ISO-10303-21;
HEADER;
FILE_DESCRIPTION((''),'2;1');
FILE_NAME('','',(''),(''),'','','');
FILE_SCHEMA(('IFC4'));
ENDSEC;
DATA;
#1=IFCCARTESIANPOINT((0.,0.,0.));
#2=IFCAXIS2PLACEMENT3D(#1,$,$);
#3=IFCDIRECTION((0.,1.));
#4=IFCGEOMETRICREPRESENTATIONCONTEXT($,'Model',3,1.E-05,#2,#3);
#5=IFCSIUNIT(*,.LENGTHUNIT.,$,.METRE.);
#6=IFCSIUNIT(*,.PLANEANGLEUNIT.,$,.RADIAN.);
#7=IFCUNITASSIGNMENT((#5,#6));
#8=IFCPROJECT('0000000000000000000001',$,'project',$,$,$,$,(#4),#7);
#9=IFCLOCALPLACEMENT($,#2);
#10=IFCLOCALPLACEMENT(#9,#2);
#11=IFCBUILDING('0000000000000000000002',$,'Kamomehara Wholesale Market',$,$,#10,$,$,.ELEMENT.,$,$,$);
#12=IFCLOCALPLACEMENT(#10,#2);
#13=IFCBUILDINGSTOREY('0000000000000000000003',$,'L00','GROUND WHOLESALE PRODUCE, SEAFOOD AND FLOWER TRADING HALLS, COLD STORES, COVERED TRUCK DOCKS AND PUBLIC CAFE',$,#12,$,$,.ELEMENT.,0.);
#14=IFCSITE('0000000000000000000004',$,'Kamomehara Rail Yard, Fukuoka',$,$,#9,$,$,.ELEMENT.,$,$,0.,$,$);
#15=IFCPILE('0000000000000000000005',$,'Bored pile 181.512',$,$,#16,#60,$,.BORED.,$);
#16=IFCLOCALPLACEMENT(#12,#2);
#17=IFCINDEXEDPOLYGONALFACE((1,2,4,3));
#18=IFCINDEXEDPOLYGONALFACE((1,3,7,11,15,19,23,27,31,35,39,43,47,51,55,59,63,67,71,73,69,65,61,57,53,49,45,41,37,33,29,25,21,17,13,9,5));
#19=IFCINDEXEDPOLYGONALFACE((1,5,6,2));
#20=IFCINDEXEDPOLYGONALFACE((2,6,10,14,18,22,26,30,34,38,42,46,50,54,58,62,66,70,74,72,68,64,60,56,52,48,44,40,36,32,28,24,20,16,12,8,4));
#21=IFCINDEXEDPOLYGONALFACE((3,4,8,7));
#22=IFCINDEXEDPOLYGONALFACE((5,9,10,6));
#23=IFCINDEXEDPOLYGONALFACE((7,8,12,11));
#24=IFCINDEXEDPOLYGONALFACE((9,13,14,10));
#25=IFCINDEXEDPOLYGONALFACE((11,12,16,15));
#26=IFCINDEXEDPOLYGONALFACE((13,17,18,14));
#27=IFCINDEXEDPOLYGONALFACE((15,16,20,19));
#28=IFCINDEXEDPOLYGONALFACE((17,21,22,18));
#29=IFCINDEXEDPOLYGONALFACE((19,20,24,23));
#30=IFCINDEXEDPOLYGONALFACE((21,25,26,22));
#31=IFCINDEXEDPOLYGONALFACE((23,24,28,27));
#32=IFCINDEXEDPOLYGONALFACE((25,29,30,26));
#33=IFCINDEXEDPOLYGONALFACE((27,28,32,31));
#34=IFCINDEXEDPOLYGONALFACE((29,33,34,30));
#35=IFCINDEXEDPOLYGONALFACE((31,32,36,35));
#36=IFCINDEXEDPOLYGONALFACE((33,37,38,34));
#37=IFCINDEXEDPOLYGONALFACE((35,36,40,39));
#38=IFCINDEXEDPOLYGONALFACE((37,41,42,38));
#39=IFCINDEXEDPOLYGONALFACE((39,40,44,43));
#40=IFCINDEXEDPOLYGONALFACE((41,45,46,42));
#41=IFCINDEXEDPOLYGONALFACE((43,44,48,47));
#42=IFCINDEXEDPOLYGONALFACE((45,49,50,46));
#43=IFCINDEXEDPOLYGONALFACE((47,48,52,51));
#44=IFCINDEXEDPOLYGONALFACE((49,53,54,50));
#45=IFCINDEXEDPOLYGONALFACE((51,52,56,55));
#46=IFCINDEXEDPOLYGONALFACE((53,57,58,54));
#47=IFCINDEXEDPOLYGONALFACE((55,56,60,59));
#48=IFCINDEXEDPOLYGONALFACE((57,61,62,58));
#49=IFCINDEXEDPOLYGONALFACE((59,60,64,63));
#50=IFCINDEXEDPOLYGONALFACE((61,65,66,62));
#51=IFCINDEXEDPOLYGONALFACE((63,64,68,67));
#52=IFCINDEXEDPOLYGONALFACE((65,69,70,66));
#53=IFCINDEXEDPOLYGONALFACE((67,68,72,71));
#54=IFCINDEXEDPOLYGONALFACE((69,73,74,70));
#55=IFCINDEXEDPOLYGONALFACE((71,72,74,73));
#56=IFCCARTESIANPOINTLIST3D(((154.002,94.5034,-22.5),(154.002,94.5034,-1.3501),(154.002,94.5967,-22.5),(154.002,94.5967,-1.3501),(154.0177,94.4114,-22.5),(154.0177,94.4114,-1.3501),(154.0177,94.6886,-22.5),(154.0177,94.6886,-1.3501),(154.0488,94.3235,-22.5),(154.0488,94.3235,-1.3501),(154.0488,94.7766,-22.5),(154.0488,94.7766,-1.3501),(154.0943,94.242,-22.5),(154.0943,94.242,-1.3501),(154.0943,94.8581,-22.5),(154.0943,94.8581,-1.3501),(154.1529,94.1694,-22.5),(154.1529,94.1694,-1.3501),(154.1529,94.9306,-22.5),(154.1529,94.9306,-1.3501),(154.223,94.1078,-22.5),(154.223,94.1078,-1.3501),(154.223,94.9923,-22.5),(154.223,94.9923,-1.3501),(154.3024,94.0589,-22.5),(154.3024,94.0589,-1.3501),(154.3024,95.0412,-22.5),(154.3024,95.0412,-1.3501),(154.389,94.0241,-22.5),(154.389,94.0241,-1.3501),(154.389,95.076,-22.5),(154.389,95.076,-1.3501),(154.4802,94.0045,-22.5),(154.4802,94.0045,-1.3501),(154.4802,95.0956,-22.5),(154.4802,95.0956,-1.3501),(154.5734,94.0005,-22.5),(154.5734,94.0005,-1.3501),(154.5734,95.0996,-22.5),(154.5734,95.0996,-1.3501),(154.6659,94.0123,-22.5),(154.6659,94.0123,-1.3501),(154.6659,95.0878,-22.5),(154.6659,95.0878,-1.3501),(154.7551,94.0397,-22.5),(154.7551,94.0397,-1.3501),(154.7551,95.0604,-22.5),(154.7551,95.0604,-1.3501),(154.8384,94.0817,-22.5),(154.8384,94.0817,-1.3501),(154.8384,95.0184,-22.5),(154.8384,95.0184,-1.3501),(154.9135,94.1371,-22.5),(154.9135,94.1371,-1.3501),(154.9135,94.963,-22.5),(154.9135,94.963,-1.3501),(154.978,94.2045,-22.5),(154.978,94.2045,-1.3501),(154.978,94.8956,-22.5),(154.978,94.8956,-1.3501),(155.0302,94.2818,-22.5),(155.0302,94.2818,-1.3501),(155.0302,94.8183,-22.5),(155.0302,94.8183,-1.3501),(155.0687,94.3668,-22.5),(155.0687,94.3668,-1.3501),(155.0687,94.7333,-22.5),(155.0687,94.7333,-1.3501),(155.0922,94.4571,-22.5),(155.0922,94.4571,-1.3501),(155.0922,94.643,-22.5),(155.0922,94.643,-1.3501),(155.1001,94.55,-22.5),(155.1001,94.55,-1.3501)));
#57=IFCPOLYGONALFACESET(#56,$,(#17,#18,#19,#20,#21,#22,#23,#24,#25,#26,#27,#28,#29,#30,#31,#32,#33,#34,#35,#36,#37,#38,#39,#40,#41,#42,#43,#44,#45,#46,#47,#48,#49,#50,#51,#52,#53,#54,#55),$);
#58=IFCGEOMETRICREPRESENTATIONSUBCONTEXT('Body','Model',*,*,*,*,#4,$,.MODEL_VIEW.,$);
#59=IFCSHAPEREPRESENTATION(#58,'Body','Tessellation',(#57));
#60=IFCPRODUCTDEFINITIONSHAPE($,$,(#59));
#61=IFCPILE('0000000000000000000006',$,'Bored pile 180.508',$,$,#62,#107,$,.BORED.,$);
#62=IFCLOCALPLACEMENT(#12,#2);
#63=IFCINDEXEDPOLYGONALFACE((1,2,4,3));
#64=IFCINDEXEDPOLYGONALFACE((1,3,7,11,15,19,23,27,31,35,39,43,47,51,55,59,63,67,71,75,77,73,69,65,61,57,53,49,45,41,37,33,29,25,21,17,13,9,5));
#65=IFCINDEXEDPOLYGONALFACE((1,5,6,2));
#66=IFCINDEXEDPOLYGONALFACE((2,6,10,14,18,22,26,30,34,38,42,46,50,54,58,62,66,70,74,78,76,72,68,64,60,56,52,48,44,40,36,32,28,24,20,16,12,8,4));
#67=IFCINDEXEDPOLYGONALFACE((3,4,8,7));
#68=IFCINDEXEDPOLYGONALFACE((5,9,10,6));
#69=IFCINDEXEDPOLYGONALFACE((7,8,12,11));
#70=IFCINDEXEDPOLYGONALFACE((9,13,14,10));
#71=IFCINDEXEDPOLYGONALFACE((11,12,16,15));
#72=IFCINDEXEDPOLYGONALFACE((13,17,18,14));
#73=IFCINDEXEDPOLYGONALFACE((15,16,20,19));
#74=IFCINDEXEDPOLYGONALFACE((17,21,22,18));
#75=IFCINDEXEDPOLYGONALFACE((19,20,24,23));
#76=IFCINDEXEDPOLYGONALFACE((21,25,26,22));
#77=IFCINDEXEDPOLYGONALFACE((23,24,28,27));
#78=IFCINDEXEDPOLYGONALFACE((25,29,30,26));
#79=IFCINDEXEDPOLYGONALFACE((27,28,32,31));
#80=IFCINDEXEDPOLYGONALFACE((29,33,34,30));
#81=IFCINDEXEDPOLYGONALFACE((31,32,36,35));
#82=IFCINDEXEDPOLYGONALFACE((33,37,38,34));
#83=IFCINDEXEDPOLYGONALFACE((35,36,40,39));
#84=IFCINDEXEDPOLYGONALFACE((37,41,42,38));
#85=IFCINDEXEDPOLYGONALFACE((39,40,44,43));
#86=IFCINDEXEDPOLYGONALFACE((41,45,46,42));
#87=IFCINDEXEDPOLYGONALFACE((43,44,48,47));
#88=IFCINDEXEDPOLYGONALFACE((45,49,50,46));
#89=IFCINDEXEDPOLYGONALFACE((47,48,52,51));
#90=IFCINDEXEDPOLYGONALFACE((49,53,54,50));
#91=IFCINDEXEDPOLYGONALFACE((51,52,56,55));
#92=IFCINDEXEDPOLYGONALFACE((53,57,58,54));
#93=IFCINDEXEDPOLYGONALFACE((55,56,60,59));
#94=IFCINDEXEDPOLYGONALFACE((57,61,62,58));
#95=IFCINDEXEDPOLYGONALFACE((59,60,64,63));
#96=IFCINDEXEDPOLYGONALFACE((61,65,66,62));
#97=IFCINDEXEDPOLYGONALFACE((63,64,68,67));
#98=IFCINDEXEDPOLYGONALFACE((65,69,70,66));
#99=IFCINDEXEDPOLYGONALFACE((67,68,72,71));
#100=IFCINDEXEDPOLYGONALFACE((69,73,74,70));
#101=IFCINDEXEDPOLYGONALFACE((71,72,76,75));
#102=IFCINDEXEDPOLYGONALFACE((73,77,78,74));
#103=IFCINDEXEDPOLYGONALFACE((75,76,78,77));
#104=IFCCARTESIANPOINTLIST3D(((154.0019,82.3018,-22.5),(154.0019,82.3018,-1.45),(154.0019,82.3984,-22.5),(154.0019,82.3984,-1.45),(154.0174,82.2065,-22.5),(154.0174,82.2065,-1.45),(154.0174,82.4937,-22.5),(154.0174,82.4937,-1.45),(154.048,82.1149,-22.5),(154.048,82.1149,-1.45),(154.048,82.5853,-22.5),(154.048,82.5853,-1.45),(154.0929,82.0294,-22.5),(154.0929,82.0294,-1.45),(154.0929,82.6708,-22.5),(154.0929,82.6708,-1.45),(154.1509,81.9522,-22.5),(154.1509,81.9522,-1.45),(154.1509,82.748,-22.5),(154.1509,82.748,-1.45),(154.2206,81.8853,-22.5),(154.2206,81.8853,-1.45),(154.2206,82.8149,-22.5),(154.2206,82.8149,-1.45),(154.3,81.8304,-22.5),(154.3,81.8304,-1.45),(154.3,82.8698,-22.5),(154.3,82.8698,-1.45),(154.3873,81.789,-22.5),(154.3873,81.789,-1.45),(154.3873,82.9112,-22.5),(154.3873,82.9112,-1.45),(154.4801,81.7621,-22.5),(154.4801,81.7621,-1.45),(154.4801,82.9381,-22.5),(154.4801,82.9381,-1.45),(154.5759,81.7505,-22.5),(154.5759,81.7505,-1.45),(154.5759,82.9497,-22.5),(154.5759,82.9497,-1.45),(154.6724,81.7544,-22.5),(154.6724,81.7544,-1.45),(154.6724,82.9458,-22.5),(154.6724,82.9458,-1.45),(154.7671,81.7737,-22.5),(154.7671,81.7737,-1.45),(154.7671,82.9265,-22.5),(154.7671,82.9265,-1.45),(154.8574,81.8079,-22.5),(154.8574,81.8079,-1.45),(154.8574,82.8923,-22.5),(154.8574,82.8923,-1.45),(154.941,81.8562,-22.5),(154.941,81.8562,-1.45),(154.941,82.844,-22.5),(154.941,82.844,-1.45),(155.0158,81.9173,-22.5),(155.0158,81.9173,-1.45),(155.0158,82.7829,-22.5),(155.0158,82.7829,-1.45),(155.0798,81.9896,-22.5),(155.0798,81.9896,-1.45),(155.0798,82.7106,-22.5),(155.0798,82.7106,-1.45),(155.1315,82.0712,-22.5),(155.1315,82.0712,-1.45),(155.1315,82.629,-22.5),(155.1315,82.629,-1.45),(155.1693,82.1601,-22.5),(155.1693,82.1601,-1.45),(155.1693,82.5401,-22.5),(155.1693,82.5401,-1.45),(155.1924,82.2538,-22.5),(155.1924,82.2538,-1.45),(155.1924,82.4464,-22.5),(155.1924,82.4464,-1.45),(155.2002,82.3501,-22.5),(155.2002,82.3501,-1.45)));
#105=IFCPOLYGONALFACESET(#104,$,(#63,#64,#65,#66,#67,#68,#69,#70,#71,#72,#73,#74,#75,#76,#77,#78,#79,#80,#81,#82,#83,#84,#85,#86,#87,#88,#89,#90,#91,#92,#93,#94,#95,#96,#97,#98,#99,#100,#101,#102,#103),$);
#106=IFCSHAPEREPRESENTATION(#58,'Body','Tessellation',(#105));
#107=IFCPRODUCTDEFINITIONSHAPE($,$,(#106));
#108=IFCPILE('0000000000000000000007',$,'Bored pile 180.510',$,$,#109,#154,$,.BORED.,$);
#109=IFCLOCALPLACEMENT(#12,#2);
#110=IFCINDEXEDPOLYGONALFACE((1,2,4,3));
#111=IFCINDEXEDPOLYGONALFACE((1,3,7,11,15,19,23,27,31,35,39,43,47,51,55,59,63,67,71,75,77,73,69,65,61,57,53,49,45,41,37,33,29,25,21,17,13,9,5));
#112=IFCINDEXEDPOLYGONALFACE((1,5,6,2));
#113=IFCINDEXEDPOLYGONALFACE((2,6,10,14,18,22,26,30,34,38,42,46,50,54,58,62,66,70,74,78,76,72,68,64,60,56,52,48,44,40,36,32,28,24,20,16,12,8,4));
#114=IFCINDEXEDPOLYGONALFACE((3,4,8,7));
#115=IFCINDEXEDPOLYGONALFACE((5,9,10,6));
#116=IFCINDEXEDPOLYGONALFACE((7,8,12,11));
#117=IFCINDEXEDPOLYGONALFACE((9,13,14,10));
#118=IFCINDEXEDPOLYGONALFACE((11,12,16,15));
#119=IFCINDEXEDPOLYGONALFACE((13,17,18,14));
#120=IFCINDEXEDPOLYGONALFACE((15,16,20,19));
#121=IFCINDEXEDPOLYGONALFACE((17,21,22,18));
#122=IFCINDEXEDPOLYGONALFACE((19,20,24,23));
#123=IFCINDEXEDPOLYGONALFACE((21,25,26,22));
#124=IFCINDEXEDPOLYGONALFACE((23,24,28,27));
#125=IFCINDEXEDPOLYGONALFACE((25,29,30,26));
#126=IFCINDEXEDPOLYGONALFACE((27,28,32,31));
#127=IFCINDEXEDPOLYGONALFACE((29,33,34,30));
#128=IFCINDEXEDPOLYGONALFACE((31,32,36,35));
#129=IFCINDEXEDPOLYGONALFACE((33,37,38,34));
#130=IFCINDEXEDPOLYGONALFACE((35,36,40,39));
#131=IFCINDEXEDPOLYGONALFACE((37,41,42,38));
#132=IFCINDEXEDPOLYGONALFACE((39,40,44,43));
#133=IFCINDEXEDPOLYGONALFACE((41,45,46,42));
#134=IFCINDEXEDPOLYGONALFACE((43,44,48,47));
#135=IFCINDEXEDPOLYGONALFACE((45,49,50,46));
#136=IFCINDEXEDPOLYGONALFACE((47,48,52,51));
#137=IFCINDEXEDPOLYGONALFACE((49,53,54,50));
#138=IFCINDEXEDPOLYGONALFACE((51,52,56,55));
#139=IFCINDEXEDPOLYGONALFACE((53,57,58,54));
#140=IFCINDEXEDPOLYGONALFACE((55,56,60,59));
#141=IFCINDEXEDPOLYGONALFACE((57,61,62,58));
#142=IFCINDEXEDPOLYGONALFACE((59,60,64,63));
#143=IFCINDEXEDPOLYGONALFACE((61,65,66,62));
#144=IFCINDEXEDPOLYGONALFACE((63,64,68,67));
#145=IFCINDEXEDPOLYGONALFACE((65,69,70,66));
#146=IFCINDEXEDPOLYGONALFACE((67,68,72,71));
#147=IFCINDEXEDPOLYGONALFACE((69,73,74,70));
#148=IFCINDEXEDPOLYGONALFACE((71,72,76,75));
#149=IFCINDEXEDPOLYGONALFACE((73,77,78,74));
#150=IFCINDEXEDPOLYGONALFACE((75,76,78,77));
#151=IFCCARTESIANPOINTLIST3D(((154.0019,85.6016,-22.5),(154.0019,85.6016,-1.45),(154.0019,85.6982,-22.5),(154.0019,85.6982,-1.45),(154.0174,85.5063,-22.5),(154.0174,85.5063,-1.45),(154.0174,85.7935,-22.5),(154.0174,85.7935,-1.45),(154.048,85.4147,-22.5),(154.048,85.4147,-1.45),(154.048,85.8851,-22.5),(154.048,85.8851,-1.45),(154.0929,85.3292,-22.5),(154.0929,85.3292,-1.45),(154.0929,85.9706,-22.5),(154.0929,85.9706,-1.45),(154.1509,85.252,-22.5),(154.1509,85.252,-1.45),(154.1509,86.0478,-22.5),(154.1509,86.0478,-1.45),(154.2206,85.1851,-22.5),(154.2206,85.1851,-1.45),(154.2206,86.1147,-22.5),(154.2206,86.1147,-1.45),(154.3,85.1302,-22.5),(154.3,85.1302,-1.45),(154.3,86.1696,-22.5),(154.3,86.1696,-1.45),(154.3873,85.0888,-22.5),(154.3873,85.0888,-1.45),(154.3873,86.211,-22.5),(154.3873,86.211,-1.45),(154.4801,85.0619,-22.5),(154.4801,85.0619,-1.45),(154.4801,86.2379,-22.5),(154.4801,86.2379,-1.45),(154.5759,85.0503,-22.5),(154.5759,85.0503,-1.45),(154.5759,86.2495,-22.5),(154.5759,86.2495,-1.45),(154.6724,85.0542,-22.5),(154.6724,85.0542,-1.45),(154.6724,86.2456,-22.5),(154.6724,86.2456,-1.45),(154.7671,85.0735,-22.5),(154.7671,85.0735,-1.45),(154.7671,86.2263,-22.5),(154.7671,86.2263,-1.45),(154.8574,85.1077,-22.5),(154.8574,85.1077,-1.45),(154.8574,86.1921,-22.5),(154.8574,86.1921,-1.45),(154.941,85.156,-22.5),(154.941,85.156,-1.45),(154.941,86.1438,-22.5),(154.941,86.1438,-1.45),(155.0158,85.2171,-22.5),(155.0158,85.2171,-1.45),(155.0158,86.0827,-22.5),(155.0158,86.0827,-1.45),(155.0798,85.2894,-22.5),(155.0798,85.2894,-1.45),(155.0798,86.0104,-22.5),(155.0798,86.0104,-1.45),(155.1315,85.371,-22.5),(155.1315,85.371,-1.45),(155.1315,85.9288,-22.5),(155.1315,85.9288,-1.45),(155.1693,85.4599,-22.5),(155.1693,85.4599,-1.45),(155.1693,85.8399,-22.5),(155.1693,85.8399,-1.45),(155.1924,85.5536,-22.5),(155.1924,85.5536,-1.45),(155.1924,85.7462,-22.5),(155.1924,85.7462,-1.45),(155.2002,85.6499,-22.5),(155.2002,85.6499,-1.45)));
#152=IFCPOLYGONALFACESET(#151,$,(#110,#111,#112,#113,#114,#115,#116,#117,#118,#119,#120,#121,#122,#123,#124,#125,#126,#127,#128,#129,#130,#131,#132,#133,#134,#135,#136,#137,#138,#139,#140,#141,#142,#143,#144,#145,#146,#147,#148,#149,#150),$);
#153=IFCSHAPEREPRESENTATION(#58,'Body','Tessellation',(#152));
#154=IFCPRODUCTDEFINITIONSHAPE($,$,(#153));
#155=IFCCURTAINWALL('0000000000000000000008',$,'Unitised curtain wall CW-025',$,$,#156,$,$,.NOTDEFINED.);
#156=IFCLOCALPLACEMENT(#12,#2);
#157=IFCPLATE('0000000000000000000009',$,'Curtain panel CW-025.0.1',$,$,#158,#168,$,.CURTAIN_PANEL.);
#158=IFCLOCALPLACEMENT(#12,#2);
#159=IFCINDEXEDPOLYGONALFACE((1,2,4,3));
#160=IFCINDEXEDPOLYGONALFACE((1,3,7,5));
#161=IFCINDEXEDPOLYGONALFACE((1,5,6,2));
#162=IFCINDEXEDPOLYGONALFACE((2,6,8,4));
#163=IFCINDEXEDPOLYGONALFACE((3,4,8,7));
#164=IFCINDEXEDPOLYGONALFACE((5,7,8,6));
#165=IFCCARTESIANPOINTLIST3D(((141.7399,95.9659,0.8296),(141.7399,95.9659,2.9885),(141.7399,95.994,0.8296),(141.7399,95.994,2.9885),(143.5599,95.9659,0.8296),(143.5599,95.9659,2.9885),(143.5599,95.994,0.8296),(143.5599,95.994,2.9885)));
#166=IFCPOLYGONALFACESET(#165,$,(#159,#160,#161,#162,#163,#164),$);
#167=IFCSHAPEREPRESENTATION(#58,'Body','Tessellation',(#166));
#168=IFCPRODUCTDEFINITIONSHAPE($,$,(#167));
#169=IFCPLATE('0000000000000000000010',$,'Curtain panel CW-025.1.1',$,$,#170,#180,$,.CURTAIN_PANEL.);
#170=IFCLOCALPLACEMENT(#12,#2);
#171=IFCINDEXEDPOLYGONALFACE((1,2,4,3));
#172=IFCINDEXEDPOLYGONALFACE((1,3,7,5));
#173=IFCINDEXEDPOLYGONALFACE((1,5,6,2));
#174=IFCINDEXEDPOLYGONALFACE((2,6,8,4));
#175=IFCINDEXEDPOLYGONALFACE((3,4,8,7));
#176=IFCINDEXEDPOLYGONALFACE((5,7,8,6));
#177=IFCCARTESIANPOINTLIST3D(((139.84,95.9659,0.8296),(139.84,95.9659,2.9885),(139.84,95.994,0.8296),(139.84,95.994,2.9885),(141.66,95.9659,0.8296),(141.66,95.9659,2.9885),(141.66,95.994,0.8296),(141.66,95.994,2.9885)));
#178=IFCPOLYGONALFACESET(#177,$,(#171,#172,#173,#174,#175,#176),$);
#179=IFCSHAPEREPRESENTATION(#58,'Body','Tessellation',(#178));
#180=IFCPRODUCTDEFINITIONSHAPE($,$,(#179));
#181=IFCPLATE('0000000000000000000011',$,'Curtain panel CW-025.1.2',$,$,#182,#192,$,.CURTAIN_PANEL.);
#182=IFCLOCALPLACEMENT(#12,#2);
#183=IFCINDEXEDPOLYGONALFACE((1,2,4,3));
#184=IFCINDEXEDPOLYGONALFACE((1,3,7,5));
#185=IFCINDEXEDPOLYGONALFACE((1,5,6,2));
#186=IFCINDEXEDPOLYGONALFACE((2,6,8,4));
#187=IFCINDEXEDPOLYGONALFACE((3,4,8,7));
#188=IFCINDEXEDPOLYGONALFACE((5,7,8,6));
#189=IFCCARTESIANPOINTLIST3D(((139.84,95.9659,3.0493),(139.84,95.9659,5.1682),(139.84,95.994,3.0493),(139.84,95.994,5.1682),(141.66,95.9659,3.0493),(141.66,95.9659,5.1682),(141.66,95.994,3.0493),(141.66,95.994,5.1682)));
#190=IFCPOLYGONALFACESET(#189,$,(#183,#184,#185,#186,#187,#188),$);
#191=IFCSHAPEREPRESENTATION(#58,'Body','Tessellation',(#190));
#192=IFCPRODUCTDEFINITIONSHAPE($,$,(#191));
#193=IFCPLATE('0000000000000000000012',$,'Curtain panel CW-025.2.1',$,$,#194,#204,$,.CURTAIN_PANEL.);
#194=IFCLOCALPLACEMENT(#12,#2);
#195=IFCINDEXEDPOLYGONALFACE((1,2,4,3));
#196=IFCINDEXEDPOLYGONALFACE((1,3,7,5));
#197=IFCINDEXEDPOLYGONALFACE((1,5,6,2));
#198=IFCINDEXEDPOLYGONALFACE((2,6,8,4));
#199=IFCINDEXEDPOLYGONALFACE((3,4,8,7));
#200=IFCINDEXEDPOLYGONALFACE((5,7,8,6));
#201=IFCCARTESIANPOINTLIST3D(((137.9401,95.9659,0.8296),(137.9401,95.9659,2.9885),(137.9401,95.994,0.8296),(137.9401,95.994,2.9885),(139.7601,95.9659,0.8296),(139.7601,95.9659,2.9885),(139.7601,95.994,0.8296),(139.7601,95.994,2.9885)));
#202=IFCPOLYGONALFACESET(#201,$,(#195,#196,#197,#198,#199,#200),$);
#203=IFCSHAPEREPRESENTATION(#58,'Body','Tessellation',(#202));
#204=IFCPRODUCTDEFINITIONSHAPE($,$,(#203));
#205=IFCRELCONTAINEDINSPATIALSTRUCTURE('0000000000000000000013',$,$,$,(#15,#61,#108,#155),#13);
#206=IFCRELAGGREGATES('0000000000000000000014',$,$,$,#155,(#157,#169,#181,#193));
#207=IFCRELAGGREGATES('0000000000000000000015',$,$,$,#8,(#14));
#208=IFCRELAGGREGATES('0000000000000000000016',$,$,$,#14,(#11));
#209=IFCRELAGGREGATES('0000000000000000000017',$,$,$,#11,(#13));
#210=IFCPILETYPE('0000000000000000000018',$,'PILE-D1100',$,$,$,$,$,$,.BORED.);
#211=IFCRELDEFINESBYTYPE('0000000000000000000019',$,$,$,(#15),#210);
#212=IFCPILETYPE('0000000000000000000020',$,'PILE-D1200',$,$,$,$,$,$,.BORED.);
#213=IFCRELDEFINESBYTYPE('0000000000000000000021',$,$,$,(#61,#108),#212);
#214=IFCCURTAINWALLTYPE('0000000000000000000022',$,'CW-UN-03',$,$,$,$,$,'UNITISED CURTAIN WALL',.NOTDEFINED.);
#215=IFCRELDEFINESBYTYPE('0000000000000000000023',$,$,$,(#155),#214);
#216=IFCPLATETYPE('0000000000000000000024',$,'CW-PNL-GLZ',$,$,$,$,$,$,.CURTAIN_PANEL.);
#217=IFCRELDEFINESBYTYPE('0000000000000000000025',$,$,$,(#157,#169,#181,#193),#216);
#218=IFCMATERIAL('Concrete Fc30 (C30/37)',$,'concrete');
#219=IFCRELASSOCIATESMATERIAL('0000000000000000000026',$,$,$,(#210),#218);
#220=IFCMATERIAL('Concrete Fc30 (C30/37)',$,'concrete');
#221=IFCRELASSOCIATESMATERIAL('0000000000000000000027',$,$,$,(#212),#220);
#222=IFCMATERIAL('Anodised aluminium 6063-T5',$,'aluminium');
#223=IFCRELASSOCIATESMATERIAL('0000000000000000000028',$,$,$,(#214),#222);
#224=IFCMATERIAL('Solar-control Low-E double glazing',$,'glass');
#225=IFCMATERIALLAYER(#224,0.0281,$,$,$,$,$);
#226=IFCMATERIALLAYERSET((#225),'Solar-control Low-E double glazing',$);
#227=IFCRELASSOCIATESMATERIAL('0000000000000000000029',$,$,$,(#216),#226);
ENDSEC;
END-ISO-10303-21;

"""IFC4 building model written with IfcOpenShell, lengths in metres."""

from ifc_helpers import new_model, si_unit, direction, frame, origin, origin_2d, place, context, subcontext, project, spatial, rectangle, circle, extrude, material, layer, layer_set, material_profile, profile_set, type_object, element, aggregate, save


model = new_model("IFC4")

# Units and contexts
model_context = context("Model", 3, precision=1e-05, world=origin(), true_north=direction((0.0, 1.0)))
body_context = subcontext(model_context, "Body", "Model", "MODEL_VIEW")
ifc_project = project(units=[si_unit("LENGTHUNIT", "METRE"), si_unit("PLANEANGLEUNIT", "RADIAN")], contexts=[model_context])

# Site, building, storey
site_placement = place(None, origin())
site = spatial("IfcSite", under=ifc_project, at=site_placement, Name="Kamomehara Rail Yard, Fukuoka", CompositionType="ELEMENT", RefElevation=0.0)
building_placement = place(site_placement, origin())
building = spatial("IfcBuilding", under=site, at=building_placement, Name="Kamomehara Wholesale Market", CompositionType="ELEMENT")
storey_placement = place(building_placement, origin())
storey = spatial("IfcBuildingStorey", under=building, at=storey_placement, Name="L00", Description="GROUND WHOLESALE PRODUCE, SEAFOOD AND FLOWER TRADING HALLS, COLD STORES, COVERED TRUCK DOCKS AND PUBLIC CAFE", CompositionType="ELEMENT", Elevation=0.0)

# Piles
ifc_material_1 = material(Name="Concrete Fc30 (C30/37)", Category="concrete")
ifc_material_profile_1 = material_profile(ifc_material_1, circle(Radius=0.55, at=origin_2d()), Name="RC-PILE-D1100")
ifc_profile_set_1 = profile_set([ifc_material_profile_1], Name="Concrete Fc30 (C30/37)")
pile_type_1 = type_object("IfcPileType", Name="PILE-D1100", PredefinedType="BORED", material=ifc_profile_set_1)
pile_placement = place(storey_placement, frame((154.55, 94.55, -1.3501), z_axis=(0.0, 0.0, -1.0), x_axis=(1.0, 0.0, 0.0)))
element("IfcPile", 1, at=pile_placement, inside=storey, type_object=pile_type_1, Name="Bored pile 181.512", PredefinedType="BORED", context=body_context, shape_type="SweptSolid", body=[
    extrude(circle(Radius=0.55, at=origin_2d()), origin(), (0.0, 0.0, 1.0), 21.1499),
])
ifc_material_2 = material(Name="Concrete Fc30 (C30/37)", Category="concrete")
ifc_material_profile_2 = material_profile(ifc_material_2, circle(Radius=0.6001, at=origin_2d()), Name="RC-PILE-D1200")
ifc_profile_set_2 = profile_set([ifc_material_profile_2], Name="Concrete Fc30 (C30/37)")
pile_type_2 = type_object("IfcPileType", Name="PILE-D1200", PredefinedType="BORED", material=ifc_profile_set_2)
for number, where, z_axis, x_axis, name in (
    (2, (154.6001, 82.3501, -1.45), (0.0, 0.0, -1.0), (1.0, 0.0, 0.0), "Bored pile 180.508"),
    (3, (154.6001, 85.6499, -1.45), (0.0, 0.0, -1.0), (1.0, 0.0, 0.0), "Bored pile 180.510"),
):
    element("IfcPile", number, at=place(storey_placement, frame(where, z_axis=z_axis, x_axis=x_axis)), inside=storey, type_object=pile_type_2, Name=name, PredefinedType="BORED", context=body_context, shape_type="SweptSolid", body=[
        extrude(circle(Radius=0.6001, at=origin_2d()), origin(), (0.0, 0.0, 1.0), 21.05),
    ])

# Curtain wall, plates
ifc_material_3 = material(Name="Anodised aluminium 6063-T5", Category="aluminium")
curtain_wall_type_1 = type_object("IfcCurtainWallType", Name="CW-UN-03", ElementType="UNITISED CURTAIN WALL", PredefinedType="NOTDEFINED", material=ifc_material_3)
curtain_wall_1_placement = place(storey_placement, origin())
curtain_wall_1 = element("IfcCurtainWall", 4, at=curtain_wall_1_placement, inside=storey, type_object=curtain_wall_type_1, Name="Unitised curtain wall CW-025", PredefinedType="NOTDEFINED")
ifc_material_4 = material(Name="Solar-control Low-E double glazing", Category="glass")
ifc_layer_1 = layer(ifc_material_4, 0.0281)
ifc_layer_set_1 = layer_set([ifc_layer_1], Name="Solar-control Low-E double glazing")
plate_type_1 = type_object("IfcPlateType", Name="CW-PNL-GLZ", PredefinedType="CURTAIN_PANEL", material=ifc_layer_set_1)
plate_1_placement = place(storey_placement, frame((142.6499, 95.98, 0.8296), z_axis=(0.0, 0.0, 1.0), x_axis=(-1.0, 0.0, 0.0)))
plate_1 = element("IfcPlate", 5, at=plate_1_placement, type_object=plate_type_1, Name="Curtain panel CW-025.0.1", PredefinedType="CURTAIN_PANEL", context=body_context, shape_type="SweptSolid", body=[
    extrude(rectangle(XDim=1.8201, YDim=0.0281, at=origin_2d()), origin(), (0.0, 0.0, 1.0), 2.1589),
])
plate_2_placement = place(storey_placement, frame((140.75, 95.98, 0.8296), z_axis=(0.0, 0.0, 1.0), x_axis=(-1.0, 0.0, 0.0)))
plate_2 = element("IfcPlate", 6, at=plate_2_placement, type_object=plate_type_1, Name="Curtain panel CW-025.1.1", PredefinedType="CURTAIN_PANEL", context=body_context, shape_type="SweptSolid", body=[
    extrude(rectangle(XDim=1.8201, YDim=0.0281, at=origin_2d()), origin(), (0.0, 0.0, 1.0), 2.1589),
])
plate_3_placement = place(storey_placement, frame((140.75, 95.98, 3.0493), z_axis=(0.0, 0.0, 1.0), x_axis=(-1.0, 0.0, 0.0)))
plate_3 = element("IfcPlate", 7, at=plate_3_placement, type_object=plate_type_1, Name="Curtain panel CW-025.1.2", PredefinedType="CURTAIN_PANEL", context=body_context, shape_type="SweptSolid", body=[
    extrude(rectangle(XDim=1.8201, YDim=0.0281, at=origin_2d()), origin(), (0.0, 0.0, 1.0), 2.1189),
])
plate_4_placement = place(storey_placement, frame((138.8501, 95.98, 0.8296), z_axis=(0.0, 0.0, 1.0), x_axis=(-1.0, 0.0, 0.0)))
plate_4 = element("IfcPlate", 8, at=plate_4_placement, type_object=plate_type_1, Name="Curtain panel CW-025.2.1", PredefinedType="CURTAIN_PANEL", context=body_context, shape_type="SweptSolid", body=[
    extrude(rectangle(XDim=1.8201, YDim=0.0281, at=origin_2d()), origin(), (0.0, 0.0, 1.0), 2.1589),
])

aggregate(curtain_wall_1, [plate_1, plate_2, plate_3, plate_4])

save(model, "model.ifc")
